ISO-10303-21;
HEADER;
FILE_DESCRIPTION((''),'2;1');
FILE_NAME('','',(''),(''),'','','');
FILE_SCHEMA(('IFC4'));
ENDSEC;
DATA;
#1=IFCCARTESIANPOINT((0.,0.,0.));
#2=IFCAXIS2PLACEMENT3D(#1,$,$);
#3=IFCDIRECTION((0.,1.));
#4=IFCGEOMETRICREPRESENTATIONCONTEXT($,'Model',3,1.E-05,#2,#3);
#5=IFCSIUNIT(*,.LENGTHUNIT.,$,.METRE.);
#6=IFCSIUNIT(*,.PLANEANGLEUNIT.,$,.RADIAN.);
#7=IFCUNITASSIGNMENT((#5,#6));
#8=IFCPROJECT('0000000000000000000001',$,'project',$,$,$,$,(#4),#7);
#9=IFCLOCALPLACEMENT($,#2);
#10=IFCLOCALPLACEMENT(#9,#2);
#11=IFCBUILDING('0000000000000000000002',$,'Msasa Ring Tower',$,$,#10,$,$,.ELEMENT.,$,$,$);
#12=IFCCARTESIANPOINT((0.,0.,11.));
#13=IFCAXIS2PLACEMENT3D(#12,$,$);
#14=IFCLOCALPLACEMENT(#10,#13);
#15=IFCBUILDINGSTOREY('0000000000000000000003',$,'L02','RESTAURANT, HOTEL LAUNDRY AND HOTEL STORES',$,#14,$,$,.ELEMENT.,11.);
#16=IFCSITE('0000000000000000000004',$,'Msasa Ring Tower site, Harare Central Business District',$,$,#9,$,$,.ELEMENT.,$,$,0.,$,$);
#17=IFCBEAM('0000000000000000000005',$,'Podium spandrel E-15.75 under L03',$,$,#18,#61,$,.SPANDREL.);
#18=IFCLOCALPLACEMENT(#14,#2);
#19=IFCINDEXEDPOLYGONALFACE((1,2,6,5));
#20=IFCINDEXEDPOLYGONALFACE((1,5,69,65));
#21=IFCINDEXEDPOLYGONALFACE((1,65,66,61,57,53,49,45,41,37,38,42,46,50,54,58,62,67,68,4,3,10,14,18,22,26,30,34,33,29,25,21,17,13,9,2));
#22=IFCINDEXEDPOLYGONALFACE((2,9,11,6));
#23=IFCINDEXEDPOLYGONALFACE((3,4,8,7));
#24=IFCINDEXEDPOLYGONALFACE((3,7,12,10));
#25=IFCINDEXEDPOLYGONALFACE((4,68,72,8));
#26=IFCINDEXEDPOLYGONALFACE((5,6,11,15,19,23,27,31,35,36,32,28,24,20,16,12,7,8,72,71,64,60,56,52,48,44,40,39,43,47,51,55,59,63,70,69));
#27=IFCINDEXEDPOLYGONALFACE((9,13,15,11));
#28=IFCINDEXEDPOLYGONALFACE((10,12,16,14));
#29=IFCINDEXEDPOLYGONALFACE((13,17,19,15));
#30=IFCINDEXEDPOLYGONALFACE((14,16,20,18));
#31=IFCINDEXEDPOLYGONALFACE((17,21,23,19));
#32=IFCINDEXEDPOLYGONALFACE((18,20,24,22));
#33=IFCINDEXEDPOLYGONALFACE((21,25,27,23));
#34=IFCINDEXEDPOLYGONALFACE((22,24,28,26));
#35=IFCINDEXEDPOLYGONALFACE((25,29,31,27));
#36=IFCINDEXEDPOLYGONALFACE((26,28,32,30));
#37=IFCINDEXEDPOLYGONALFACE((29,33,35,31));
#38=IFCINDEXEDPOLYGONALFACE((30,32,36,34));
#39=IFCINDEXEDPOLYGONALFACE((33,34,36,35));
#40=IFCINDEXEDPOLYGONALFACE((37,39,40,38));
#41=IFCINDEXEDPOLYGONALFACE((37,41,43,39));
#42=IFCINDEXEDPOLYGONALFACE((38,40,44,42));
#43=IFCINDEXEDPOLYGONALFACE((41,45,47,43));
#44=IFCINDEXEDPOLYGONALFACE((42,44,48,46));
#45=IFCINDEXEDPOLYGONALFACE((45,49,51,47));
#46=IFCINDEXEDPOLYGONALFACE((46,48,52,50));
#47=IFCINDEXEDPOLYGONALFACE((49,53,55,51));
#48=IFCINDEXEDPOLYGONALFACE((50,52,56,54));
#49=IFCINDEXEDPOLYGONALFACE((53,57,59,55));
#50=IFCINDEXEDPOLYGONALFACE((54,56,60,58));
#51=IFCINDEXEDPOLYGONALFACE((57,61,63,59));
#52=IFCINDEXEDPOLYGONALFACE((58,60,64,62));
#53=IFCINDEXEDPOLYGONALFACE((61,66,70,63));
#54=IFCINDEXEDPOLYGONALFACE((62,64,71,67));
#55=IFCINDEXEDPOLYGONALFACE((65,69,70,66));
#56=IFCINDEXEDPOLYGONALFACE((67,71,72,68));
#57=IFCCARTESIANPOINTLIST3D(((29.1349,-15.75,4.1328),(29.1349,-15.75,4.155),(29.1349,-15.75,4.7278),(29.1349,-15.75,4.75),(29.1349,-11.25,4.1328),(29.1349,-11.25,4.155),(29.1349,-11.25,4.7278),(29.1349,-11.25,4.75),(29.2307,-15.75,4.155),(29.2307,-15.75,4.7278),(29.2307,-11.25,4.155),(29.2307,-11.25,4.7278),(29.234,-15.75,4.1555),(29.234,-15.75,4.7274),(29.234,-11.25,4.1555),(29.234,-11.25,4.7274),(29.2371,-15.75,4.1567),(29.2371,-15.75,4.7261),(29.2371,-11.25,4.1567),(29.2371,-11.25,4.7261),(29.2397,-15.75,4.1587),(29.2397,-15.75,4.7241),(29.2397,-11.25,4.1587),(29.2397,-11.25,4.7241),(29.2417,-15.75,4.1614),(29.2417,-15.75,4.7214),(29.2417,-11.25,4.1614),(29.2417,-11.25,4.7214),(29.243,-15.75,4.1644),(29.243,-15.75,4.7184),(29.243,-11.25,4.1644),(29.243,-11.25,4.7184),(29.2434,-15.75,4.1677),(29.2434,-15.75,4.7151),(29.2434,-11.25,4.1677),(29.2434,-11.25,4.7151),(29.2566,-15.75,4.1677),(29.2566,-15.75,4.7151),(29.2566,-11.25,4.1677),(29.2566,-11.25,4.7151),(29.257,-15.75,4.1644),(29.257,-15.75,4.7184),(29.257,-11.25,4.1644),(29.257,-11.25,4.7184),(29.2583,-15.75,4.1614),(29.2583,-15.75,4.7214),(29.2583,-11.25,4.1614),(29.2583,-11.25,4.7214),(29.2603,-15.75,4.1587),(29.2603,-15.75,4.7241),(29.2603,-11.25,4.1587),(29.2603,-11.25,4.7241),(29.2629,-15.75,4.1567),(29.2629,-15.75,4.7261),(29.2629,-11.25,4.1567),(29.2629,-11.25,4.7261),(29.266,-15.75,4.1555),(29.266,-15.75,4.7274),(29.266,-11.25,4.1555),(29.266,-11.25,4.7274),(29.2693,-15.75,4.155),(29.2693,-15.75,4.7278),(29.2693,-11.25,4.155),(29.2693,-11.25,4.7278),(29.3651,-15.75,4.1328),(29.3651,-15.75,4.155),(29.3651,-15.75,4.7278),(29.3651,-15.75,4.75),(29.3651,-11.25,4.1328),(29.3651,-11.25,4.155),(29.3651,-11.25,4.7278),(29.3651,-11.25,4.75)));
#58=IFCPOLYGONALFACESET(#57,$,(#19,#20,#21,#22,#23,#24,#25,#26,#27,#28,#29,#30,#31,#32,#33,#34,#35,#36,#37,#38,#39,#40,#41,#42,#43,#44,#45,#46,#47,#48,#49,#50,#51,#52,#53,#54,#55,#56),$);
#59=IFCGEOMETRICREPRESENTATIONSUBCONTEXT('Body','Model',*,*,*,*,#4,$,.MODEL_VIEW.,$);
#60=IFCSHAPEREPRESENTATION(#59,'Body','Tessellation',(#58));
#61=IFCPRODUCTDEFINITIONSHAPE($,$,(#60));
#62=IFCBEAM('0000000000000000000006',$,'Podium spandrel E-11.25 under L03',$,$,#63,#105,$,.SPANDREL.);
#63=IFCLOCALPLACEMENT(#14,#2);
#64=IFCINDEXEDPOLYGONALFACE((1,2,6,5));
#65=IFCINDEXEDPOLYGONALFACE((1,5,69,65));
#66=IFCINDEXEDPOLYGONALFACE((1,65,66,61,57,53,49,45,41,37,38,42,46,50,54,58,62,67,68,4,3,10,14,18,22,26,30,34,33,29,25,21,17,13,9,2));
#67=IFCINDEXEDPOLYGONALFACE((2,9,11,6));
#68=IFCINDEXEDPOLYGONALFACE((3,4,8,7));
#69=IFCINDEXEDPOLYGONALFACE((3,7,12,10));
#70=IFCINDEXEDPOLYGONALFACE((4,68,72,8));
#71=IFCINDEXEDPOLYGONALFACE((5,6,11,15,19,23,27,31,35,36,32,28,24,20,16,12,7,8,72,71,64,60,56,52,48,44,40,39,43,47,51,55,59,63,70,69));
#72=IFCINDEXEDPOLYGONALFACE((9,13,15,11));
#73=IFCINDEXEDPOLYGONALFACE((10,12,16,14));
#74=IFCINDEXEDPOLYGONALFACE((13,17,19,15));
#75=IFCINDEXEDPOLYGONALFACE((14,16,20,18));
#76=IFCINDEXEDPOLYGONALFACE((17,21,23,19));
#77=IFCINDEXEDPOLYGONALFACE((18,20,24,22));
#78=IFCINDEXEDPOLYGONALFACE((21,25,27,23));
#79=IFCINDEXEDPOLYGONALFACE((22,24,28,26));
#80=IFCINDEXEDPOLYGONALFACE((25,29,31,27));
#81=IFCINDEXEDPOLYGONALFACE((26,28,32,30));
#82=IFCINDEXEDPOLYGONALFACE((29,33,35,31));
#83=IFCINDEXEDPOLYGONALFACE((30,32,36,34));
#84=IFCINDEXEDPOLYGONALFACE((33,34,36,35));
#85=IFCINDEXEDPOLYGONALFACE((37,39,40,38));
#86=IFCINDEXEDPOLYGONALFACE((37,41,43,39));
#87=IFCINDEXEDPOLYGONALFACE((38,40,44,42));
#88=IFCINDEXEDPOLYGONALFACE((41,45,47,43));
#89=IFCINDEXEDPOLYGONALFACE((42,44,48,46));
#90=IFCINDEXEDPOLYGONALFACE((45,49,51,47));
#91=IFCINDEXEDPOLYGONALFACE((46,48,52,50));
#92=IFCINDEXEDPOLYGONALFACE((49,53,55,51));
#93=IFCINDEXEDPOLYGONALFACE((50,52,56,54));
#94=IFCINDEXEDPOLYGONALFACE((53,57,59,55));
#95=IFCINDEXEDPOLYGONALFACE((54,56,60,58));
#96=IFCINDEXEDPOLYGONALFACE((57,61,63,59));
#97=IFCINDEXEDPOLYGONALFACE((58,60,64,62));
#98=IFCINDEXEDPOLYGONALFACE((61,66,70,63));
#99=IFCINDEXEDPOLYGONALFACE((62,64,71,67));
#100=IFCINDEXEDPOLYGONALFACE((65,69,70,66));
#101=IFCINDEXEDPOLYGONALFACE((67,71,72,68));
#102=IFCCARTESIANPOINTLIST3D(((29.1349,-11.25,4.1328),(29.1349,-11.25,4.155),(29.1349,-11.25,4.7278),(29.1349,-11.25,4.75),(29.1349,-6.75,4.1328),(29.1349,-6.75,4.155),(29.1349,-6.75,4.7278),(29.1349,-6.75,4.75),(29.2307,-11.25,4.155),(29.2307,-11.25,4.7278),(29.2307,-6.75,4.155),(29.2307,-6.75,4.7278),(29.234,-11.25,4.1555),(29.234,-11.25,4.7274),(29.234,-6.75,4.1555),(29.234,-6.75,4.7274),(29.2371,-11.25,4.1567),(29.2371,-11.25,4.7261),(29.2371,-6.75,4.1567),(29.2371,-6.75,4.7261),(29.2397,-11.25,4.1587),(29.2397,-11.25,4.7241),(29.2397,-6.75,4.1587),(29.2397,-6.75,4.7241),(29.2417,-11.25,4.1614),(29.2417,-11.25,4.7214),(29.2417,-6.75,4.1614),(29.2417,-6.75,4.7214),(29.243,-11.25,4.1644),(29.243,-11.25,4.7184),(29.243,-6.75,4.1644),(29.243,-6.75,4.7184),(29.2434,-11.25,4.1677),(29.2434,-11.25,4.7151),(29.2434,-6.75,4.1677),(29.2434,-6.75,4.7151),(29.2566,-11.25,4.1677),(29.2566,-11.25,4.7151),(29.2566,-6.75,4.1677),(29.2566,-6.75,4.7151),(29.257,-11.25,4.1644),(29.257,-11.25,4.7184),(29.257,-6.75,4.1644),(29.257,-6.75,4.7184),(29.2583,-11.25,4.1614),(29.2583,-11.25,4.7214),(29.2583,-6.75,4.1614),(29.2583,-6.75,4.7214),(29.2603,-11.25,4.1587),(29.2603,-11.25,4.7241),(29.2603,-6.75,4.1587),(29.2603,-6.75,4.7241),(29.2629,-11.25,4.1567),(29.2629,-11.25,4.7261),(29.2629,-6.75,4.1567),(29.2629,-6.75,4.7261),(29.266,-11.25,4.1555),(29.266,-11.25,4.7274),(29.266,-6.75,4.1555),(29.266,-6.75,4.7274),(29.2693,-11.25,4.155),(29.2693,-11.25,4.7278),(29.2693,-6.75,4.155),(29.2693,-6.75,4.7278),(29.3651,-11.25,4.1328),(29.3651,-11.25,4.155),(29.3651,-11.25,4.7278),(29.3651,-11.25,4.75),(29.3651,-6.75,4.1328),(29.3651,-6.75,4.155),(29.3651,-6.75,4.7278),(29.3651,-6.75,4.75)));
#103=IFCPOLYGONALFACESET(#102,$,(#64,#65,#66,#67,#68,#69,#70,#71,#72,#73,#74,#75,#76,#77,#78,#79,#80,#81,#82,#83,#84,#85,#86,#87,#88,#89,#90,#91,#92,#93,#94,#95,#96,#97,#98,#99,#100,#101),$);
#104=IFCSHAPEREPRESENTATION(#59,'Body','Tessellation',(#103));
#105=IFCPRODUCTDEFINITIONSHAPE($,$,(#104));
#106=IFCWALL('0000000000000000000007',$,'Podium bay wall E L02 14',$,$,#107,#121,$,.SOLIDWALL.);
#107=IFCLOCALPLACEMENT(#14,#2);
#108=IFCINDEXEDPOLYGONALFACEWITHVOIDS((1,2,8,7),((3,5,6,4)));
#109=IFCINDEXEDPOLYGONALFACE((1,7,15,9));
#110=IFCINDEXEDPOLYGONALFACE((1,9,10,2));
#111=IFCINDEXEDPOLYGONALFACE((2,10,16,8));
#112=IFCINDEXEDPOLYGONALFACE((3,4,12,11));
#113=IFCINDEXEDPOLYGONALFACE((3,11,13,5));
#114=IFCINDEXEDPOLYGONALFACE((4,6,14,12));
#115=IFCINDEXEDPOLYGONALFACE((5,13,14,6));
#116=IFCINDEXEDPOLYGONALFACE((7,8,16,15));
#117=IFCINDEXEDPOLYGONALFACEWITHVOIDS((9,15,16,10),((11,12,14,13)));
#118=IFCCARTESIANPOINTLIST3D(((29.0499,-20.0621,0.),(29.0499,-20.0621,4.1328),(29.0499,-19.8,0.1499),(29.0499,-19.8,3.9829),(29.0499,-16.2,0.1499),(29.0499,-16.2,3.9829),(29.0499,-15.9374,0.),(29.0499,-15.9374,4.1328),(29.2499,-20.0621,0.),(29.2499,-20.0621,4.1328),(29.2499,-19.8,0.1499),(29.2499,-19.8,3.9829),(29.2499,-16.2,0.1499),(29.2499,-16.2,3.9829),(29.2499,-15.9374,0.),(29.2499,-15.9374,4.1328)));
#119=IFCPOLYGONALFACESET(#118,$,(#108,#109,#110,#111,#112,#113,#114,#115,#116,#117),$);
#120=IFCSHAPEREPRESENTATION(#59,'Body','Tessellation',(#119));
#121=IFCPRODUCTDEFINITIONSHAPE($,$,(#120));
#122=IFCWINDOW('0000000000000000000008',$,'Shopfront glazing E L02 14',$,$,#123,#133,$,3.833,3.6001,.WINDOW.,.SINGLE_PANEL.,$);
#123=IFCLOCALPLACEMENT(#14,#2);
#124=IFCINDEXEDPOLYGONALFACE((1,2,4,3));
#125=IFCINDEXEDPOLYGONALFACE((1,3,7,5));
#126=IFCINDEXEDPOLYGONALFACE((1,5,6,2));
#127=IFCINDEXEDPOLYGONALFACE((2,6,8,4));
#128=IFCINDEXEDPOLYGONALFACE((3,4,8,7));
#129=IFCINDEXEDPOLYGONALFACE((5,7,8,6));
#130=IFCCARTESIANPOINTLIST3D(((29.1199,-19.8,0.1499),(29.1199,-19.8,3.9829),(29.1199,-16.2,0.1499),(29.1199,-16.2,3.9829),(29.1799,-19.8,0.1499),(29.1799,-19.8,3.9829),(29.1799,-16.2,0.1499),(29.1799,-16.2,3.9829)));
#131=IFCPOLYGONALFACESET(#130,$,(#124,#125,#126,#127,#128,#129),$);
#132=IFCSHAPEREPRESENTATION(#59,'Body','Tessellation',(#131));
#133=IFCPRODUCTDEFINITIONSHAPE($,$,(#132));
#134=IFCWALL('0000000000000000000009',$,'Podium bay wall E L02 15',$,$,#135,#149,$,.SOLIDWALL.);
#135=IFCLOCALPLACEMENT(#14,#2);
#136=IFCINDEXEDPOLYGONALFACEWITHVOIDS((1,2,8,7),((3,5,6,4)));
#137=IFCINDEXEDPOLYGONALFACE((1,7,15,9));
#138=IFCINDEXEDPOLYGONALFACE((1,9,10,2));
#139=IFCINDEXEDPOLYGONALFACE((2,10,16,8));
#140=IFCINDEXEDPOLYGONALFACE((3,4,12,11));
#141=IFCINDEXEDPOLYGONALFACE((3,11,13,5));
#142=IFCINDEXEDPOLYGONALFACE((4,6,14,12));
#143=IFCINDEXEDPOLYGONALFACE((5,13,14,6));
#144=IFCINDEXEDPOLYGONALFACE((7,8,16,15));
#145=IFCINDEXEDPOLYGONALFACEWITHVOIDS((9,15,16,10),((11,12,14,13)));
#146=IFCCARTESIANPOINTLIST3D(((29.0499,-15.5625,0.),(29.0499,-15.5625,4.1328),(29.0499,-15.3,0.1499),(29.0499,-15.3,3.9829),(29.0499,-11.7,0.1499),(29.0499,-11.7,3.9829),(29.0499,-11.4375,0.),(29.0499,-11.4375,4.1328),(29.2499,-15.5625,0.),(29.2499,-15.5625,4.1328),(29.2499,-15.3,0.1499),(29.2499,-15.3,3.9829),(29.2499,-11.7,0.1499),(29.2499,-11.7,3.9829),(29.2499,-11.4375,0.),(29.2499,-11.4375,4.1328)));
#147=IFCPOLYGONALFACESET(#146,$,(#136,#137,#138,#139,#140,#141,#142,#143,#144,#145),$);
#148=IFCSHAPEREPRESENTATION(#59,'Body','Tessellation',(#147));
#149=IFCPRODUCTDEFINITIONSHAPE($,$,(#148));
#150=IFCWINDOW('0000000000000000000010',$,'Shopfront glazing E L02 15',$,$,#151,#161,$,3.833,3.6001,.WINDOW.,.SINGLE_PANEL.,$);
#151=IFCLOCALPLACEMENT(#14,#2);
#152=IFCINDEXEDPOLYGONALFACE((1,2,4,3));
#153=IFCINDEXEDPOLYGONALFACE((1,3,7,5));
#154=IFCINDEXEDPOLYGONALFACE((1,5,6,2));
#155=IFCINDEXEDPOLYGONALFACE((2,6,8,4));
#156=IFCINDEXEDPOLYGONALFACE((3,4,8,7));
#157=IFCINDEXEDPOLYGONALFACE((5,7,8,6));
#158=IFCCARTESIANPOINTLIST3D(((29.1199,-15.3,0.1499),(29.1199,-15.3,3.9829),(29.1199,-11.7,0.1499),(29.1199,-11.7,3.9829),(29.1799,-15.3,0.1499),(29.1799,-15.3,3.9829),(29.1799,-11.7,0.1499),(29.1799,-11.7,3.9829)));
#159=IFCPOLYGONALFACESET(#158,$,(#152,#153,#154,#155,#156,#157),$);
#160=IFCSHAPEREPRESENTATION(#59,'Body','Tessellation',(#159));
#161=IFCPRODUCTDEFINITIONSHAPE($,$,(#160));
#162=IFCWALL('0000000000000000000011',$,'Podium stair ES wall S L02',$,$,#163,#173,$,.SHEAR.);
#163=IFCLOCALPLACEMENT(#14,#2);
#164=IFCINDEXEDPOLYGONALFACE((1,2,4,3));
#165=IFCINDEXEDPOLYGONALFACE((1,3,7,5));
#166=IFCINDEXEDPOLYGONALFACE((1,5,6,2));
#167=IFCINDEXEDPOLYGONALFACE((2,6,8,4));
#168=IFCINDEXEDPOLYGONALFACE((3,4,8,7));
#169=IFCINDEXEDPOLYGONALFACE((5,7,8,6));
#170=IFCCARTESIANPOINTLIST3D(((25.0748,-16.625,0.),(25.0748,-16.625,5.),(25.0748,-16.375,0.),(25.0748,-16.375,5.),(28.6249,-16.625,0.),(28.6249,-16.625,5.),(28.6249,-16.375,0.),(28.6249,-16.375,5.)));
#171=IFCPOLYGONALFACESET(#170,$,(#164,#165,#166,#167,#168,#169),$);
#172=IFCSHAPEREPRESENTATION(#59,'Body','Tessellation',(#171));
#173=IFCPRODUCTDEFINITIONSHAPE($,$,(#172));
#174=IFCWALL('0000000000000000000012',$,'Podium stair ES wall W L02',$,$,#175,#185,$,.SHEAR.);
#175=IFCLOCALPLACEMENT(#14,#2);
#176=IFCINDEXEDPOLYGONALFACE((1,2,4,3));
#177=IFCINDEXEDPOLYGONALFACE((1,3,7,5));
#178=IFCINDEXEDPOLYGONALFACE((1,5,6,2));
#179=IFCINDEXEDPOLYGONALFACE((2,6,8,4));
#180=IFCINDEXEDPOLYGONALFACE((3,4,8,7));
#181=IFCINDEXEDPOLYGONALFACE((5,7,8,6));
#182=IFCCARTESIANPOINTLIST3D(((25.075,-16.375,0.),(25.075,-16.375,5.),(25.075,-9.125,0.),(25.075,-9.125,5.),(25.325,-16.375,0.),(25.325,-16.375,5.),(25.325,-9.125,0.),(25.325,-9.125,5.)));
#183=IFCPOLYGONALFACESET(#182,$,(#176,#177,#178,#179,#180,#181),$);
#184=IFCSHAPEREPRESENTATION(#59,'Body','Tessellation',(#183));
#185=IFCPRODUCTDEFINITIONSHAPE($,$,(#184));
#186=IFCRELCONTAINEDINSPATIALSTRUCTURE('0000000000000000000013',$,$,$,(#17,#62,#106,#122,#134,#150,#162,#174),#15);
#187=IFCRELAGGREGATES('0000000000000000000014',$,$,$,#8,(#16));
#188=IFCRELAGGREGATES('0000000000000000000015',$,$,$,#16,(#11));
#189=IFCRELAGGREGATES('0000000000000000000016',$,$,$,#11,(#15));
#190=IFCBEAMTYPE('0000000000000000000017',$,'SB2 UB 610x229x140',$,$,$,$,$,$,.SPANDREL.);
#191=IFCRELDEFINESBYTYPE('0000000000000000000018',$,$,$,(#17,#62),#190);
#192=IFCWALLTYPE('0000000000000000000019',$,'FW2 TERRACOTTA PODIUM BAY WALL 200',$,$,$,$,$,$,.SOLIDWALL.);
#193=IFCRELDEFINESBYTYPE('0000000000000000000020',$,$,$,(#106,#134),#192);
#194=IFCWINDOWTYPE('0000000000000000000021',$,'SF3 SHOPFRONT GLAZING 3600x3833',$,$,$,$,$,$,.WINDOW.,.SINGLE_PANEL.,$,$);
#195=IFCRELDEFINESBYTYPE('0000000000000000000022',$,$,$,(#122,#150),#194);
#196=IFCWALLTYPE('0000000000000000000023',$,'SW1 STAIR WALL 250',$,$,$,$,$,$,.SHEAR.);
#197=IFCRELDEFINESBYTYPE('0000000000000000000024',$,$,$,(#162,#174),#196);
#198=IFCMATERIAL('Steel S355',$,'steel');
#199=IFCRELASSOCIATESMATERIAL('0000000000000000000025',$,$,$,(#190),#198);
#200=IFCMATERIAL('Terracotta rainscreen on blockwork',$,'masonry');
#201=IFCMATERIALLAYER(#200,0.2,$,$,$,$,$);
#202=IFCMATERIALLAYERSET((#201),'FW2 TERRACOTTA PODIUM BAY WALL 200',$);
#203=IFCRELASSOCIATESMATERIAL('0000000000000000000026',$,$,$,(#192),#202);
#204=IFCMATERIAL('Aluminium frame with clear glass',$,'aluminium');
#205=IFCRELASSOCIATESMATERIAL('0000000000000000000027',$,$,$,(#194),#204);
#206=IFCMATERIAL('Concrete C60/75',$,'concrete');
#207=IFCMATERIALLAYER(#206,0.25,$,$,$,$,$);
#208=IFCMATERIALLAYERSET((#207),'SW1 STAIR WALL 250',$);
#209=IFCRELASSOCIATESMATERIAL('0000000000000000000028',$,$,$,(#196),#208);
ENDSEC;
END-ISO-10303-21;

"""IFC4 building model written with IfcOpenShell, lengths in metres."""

from ifc_helpers import new_model, si_unit, direction, frame, frame_2d, origin, origin_2d, place, context, subcontext, project, spatial, rectangle, i_section, extrude, material, layer, layer_set, material_profile, profile_set, type_object, element, fill, save


model = new_model("IFC4")

# Units and contexts
model_context = context("Model", 3, precision=1e-05, world=origin(), true_north=direction((0.0, 1.0)))
body_context = subcontext(model_context, "Body", "Model", "MODEL_VIEW")
ifc_project = project(units=[si_unit("LENGTHUNIT", "METRE"), si_unit("PLANEANGLEUNIT", "RADIAN")], contexts=[model_context])

# Site, building, storey
site_placement = place(None, origin())
site = spatial("IfcSite", under=ifc_project, at=site_placement, Name="Msasa Ring Tower site, Harare Central Business District", CompositionType="ELEMENT", RefElevation=0.0)
building_placement = place(site_placement, origin())
building = spatial("IfcBuilding", under=site, at=building_placement, Name="Msasa Ring Tower", CompositionType="ELEMENT")
storey_placement = place(building_placement, frame((0.0, 0.0, 11.0)))
storey = spatial("IfcBuildingStorey", under=building, at=storey_placement, Name="L02", Description="RESTAURANT, HOTEL LAUNDRY AND HOTEL STORES", CompositionType="ELEMENT", Elevation=11.0)

# Beams
ifc_material_1 = material(Name="Steel S355", Category="steel")
ifc_material_profile_1 = material_profile(ifc_material_1, i_section(OverallWidth=0.2302, OverallDepth=0.6172, WebThickness=0.0132, FlangeThickness=0.0222, FilletRadius=0.0127, at=origin_2d()), Name="UB 610x229x140")
ifc_profile_set_1 = profile_set([ifc_material_profile_1], Name="Steel S355")
beam_type_1 = type_object("IfcBeamType", Name="SB2 UB 610x229x140", PredefinedType="SPANDREL", material=ifc_profile_set_1)
for number, where, z_axis, x_axis, name in (
    (1, (29.25, -15.75, 4.4414), (0.0, 1.0, 0.0), (-1.0, 0.0, 0.0), "Podium spandrel E-15.75 under L03"),
    (2, (29.25, -11.25, 4.4414), (0.0, 1.0, 0.0), (-1.0, 0.0, 0.0), "Podium spandrel E-11.25 under L03"),
):
    element("IfcBeam", number, at=place(storey_placement, frame(where, z_axis=z_axis, x_axis=x_axis)), inside=storey, type_object=beam_type_1, Name=name, PredefinedType="SPANDREL", context=body_context, shape_type="SweptSolid", body=[
        extrude(i_section(OverallWidth=0.2302, OverallDepth=0.6172, WebThickness=0.0132, FlangeThickness=0.0222, FilletRadius=0.0127, at=origin_2d()), origin(), (0.0, 0.0, 1.0), 4.5),
    ])

# Walls, openings, windows
ifc_material_2 = material(Name="Terracotta rainscreen on blockwork", Category="masonry")
ifc_layer_1 = layer(ifc_material_2, 0.2)
ifc_layer_set_1 = layer_set([ifc_layer_1], Name="FW2 TERRACOTTA PODIUM BAY WALL 200")
wall_type_1 = type_object("IfcWallType", Name="FW2 TERRACOTTA PODIUM BAY WALL 200", PredefinedType="SOLIDWALL", material=ifc_layer_set_1)
wall_1_placement = place(storey_placement, frame((29.1499, -20.0623, 0.0), z_axis=(0.0, 0.0, 1.0), x_axis=(0.0, 1.0, 0.0)))
wall_1 = element("IfcWall", 3, at=wall_1_placement, inside=storey, type_object=wall_type_1, Name="Podium bay wall E L02 14", PredefinedType="SOLIDWALL", context=body_context, shape_type="SweptSolid", body=[
    extrude(rectangle(XDim=4.1248, YDim=0.2, at=frame_2d((2.0625, 0.0))), origin(), (0.0, 0.0, 1.0), 4.1328),
])
opening_1_placement = place(wall_1_placement, frame((0.2622, 0.0, 0.1499)))
opening_1 = element("IfcOpeningElement", 4, at=opening_1_placement, cuts=wall_1, PredefinedType="OPENING", context=body_context, shape_type="SweptSolid", body=[
    extrude(rectangle(XDim=3.6001, YDim=3.833, at=frame_2d((1.8, 1.9165))), frame((0.0, 0.1099, 0.0), z_axis=(0.0, -1.0, 0.0), x_axis=(1.0, 0.0, 0.0)), (0.0, 0.0, 1.0), 0.22),
])
ifc_material_3 = material(Name="Aluminium frame with clear glass", Category="aluminium")
window_type = type_object("IfcWindowType", Name="SF3 SHOPFRONT GLAZING 3600x3833", PartitioningType="SINGLE_PANEL", PredefinedType="WINDOW", material=ifc_material_3)
window_1_placement = place(opening_1_placement, origin())
window_1 = element("IfcWindow", 5, at=window_1_placement, inside=storey, type_object=window_type, Name="Shopfront glazing E L02 14", OverallHeight=3.833, OverallWidth=3.6001, PartitioningType="SINGLE_PANEL", PredefinedType="WINDOW", context=body_context, shape_type="SweptSolid", body=[
    extrude(rectangle(XDim=3.6001, YDim=3.833, at=frame_2d((1.8, 1.9165))), frame((0.0, 0.03, 0.0), z_axis=(0.0, -1.0, 0.0), x_axis=(1.0, 0.0, 0.0)), (0.0, 0.0, 1.0), 0.0601),
])
fill(opening_1, window_1)
wall_2_placement = place(storey_placement, frame((29.1499, -15.5625, 0.0), z_axis=(0.0, 0.0, 1.0), x_axis=(0.0, 1.0, 0.0)))
wall_2 = element("IfcWall", 6, at=wall_2_placement, inside=storey, type_object=wall_type_1, Name="Podium bay wall E L02 15", PredefinedType="SOLIDWALL", context=body_context, shape_type="SweptSolid", body=[
    extrude(rectangle(XDim=4.125, YDim=0.2, at=frame_2d((2.0625, 0.0))), origin(), (0.0, 0.0, 1.0), 4.1328),
])
opening_2_placement = place(wall_2_placement, frame((0.2625, 0.0, 0.1499)))
opening_2 = element("IfcOpeningElement", 7, at=opening_2_placement, cuts=wall_2, PredefinedType="OPENING", context=body_context, shape_type="SweptSolid", body=[
    extrude(rectangle(XDim=3.6001, YDim=3.833, at=frame_2d((1.8, 1.9165))), frame((0.0, 0.1099, 0.0), z_axis=(0.0, -1.0, 0.0), x_axis=(1.0, 0.0, 0.0)), (0.0, 0.0, 1.0), 0.22),
])
window_2_placement = place(opening_2_placement, origin())
window_2 = element("IfcWindow", 8, at=window_2_placement, inside=storey, type_object=window_type, Name="Shopfront glazing E L02 15", OverallHeight=3.833, OverallWidth=3.6001, PartitioningType="SINGLE_PANEL", PredefinedType="WINDOW", context=body_context, shape_type="SweptSolid", body=[
    extrude(rectangle(XDim=3.6001, YDim=3.833, at=frame_2d((1.8, 1.9165))), frame((0.0, 0.03, 0.0), z_axis=(0.0, -1.0, 0.0), x_axis=(1.0, 0.0, 0.0)), (0.0, 0.0, 1.0), 0.0601),
])
fill(opening_2, window_2)

# Walls
ifc_material_4 = material(Name="Concrete C60/75", Category="concrete")
ifc_layer_2 = layer(ifc_material_4, 0.25)
ifc_layer_set_2 = layer_set([ifc_layer_2], Name="SW1 STAIR WALL 250")
wall_type_2 = type_object("IfcWallType", Name="SW1 STAIR WALL 250", PredefinedType="SHEAR", material=ifc_layer_set_2)
wall_3_placement = place(storey_placement, frame((25.075, -16.5, 0.0), z_axis=(0.0, 0.0, 1.0), x_axis=(1.0, 0.0, 0.0)))
element("IfcWall", 9, at=wall_3_placement, inside=storey, type_object=wall_type_2, Name="Podium stair ES wall S L02", PredefinedType="SHEAR", context=body_context, shape_type="SweptSolid", body=[
    extrude(rectangle(XDim=3.55, YDim=0.25, at=frame_2d((1.7749, 0.0))), origin(), (0.0, 0.0, 1.0), 5.0),
])
for number, where, z_axis, x_axis, name in (
    (10, (25.2, -16.375, 0.0), (0.0, 0.0, 1.0), (0.0, 1.0, 0.0), "Podium stair ES wall W L02"),
):
    element("IfcWall", number, at=place(storey_placement, frame(where, z_axis=z_axis, x_axis=x_axis)), inside=storey, type_object=wall_type_2, Name=name, PredefinedType="SHEAR", context=body_context, shape_type="SweptSolid", body=[
        extrude(rectangle(XDim=7.25, YDim=0.25, at=frame_2d((3.625, 0.0))), origin(), (0.0, 0.0, 1.0), 5.0),
    ])

save(model, "model.ifc")
